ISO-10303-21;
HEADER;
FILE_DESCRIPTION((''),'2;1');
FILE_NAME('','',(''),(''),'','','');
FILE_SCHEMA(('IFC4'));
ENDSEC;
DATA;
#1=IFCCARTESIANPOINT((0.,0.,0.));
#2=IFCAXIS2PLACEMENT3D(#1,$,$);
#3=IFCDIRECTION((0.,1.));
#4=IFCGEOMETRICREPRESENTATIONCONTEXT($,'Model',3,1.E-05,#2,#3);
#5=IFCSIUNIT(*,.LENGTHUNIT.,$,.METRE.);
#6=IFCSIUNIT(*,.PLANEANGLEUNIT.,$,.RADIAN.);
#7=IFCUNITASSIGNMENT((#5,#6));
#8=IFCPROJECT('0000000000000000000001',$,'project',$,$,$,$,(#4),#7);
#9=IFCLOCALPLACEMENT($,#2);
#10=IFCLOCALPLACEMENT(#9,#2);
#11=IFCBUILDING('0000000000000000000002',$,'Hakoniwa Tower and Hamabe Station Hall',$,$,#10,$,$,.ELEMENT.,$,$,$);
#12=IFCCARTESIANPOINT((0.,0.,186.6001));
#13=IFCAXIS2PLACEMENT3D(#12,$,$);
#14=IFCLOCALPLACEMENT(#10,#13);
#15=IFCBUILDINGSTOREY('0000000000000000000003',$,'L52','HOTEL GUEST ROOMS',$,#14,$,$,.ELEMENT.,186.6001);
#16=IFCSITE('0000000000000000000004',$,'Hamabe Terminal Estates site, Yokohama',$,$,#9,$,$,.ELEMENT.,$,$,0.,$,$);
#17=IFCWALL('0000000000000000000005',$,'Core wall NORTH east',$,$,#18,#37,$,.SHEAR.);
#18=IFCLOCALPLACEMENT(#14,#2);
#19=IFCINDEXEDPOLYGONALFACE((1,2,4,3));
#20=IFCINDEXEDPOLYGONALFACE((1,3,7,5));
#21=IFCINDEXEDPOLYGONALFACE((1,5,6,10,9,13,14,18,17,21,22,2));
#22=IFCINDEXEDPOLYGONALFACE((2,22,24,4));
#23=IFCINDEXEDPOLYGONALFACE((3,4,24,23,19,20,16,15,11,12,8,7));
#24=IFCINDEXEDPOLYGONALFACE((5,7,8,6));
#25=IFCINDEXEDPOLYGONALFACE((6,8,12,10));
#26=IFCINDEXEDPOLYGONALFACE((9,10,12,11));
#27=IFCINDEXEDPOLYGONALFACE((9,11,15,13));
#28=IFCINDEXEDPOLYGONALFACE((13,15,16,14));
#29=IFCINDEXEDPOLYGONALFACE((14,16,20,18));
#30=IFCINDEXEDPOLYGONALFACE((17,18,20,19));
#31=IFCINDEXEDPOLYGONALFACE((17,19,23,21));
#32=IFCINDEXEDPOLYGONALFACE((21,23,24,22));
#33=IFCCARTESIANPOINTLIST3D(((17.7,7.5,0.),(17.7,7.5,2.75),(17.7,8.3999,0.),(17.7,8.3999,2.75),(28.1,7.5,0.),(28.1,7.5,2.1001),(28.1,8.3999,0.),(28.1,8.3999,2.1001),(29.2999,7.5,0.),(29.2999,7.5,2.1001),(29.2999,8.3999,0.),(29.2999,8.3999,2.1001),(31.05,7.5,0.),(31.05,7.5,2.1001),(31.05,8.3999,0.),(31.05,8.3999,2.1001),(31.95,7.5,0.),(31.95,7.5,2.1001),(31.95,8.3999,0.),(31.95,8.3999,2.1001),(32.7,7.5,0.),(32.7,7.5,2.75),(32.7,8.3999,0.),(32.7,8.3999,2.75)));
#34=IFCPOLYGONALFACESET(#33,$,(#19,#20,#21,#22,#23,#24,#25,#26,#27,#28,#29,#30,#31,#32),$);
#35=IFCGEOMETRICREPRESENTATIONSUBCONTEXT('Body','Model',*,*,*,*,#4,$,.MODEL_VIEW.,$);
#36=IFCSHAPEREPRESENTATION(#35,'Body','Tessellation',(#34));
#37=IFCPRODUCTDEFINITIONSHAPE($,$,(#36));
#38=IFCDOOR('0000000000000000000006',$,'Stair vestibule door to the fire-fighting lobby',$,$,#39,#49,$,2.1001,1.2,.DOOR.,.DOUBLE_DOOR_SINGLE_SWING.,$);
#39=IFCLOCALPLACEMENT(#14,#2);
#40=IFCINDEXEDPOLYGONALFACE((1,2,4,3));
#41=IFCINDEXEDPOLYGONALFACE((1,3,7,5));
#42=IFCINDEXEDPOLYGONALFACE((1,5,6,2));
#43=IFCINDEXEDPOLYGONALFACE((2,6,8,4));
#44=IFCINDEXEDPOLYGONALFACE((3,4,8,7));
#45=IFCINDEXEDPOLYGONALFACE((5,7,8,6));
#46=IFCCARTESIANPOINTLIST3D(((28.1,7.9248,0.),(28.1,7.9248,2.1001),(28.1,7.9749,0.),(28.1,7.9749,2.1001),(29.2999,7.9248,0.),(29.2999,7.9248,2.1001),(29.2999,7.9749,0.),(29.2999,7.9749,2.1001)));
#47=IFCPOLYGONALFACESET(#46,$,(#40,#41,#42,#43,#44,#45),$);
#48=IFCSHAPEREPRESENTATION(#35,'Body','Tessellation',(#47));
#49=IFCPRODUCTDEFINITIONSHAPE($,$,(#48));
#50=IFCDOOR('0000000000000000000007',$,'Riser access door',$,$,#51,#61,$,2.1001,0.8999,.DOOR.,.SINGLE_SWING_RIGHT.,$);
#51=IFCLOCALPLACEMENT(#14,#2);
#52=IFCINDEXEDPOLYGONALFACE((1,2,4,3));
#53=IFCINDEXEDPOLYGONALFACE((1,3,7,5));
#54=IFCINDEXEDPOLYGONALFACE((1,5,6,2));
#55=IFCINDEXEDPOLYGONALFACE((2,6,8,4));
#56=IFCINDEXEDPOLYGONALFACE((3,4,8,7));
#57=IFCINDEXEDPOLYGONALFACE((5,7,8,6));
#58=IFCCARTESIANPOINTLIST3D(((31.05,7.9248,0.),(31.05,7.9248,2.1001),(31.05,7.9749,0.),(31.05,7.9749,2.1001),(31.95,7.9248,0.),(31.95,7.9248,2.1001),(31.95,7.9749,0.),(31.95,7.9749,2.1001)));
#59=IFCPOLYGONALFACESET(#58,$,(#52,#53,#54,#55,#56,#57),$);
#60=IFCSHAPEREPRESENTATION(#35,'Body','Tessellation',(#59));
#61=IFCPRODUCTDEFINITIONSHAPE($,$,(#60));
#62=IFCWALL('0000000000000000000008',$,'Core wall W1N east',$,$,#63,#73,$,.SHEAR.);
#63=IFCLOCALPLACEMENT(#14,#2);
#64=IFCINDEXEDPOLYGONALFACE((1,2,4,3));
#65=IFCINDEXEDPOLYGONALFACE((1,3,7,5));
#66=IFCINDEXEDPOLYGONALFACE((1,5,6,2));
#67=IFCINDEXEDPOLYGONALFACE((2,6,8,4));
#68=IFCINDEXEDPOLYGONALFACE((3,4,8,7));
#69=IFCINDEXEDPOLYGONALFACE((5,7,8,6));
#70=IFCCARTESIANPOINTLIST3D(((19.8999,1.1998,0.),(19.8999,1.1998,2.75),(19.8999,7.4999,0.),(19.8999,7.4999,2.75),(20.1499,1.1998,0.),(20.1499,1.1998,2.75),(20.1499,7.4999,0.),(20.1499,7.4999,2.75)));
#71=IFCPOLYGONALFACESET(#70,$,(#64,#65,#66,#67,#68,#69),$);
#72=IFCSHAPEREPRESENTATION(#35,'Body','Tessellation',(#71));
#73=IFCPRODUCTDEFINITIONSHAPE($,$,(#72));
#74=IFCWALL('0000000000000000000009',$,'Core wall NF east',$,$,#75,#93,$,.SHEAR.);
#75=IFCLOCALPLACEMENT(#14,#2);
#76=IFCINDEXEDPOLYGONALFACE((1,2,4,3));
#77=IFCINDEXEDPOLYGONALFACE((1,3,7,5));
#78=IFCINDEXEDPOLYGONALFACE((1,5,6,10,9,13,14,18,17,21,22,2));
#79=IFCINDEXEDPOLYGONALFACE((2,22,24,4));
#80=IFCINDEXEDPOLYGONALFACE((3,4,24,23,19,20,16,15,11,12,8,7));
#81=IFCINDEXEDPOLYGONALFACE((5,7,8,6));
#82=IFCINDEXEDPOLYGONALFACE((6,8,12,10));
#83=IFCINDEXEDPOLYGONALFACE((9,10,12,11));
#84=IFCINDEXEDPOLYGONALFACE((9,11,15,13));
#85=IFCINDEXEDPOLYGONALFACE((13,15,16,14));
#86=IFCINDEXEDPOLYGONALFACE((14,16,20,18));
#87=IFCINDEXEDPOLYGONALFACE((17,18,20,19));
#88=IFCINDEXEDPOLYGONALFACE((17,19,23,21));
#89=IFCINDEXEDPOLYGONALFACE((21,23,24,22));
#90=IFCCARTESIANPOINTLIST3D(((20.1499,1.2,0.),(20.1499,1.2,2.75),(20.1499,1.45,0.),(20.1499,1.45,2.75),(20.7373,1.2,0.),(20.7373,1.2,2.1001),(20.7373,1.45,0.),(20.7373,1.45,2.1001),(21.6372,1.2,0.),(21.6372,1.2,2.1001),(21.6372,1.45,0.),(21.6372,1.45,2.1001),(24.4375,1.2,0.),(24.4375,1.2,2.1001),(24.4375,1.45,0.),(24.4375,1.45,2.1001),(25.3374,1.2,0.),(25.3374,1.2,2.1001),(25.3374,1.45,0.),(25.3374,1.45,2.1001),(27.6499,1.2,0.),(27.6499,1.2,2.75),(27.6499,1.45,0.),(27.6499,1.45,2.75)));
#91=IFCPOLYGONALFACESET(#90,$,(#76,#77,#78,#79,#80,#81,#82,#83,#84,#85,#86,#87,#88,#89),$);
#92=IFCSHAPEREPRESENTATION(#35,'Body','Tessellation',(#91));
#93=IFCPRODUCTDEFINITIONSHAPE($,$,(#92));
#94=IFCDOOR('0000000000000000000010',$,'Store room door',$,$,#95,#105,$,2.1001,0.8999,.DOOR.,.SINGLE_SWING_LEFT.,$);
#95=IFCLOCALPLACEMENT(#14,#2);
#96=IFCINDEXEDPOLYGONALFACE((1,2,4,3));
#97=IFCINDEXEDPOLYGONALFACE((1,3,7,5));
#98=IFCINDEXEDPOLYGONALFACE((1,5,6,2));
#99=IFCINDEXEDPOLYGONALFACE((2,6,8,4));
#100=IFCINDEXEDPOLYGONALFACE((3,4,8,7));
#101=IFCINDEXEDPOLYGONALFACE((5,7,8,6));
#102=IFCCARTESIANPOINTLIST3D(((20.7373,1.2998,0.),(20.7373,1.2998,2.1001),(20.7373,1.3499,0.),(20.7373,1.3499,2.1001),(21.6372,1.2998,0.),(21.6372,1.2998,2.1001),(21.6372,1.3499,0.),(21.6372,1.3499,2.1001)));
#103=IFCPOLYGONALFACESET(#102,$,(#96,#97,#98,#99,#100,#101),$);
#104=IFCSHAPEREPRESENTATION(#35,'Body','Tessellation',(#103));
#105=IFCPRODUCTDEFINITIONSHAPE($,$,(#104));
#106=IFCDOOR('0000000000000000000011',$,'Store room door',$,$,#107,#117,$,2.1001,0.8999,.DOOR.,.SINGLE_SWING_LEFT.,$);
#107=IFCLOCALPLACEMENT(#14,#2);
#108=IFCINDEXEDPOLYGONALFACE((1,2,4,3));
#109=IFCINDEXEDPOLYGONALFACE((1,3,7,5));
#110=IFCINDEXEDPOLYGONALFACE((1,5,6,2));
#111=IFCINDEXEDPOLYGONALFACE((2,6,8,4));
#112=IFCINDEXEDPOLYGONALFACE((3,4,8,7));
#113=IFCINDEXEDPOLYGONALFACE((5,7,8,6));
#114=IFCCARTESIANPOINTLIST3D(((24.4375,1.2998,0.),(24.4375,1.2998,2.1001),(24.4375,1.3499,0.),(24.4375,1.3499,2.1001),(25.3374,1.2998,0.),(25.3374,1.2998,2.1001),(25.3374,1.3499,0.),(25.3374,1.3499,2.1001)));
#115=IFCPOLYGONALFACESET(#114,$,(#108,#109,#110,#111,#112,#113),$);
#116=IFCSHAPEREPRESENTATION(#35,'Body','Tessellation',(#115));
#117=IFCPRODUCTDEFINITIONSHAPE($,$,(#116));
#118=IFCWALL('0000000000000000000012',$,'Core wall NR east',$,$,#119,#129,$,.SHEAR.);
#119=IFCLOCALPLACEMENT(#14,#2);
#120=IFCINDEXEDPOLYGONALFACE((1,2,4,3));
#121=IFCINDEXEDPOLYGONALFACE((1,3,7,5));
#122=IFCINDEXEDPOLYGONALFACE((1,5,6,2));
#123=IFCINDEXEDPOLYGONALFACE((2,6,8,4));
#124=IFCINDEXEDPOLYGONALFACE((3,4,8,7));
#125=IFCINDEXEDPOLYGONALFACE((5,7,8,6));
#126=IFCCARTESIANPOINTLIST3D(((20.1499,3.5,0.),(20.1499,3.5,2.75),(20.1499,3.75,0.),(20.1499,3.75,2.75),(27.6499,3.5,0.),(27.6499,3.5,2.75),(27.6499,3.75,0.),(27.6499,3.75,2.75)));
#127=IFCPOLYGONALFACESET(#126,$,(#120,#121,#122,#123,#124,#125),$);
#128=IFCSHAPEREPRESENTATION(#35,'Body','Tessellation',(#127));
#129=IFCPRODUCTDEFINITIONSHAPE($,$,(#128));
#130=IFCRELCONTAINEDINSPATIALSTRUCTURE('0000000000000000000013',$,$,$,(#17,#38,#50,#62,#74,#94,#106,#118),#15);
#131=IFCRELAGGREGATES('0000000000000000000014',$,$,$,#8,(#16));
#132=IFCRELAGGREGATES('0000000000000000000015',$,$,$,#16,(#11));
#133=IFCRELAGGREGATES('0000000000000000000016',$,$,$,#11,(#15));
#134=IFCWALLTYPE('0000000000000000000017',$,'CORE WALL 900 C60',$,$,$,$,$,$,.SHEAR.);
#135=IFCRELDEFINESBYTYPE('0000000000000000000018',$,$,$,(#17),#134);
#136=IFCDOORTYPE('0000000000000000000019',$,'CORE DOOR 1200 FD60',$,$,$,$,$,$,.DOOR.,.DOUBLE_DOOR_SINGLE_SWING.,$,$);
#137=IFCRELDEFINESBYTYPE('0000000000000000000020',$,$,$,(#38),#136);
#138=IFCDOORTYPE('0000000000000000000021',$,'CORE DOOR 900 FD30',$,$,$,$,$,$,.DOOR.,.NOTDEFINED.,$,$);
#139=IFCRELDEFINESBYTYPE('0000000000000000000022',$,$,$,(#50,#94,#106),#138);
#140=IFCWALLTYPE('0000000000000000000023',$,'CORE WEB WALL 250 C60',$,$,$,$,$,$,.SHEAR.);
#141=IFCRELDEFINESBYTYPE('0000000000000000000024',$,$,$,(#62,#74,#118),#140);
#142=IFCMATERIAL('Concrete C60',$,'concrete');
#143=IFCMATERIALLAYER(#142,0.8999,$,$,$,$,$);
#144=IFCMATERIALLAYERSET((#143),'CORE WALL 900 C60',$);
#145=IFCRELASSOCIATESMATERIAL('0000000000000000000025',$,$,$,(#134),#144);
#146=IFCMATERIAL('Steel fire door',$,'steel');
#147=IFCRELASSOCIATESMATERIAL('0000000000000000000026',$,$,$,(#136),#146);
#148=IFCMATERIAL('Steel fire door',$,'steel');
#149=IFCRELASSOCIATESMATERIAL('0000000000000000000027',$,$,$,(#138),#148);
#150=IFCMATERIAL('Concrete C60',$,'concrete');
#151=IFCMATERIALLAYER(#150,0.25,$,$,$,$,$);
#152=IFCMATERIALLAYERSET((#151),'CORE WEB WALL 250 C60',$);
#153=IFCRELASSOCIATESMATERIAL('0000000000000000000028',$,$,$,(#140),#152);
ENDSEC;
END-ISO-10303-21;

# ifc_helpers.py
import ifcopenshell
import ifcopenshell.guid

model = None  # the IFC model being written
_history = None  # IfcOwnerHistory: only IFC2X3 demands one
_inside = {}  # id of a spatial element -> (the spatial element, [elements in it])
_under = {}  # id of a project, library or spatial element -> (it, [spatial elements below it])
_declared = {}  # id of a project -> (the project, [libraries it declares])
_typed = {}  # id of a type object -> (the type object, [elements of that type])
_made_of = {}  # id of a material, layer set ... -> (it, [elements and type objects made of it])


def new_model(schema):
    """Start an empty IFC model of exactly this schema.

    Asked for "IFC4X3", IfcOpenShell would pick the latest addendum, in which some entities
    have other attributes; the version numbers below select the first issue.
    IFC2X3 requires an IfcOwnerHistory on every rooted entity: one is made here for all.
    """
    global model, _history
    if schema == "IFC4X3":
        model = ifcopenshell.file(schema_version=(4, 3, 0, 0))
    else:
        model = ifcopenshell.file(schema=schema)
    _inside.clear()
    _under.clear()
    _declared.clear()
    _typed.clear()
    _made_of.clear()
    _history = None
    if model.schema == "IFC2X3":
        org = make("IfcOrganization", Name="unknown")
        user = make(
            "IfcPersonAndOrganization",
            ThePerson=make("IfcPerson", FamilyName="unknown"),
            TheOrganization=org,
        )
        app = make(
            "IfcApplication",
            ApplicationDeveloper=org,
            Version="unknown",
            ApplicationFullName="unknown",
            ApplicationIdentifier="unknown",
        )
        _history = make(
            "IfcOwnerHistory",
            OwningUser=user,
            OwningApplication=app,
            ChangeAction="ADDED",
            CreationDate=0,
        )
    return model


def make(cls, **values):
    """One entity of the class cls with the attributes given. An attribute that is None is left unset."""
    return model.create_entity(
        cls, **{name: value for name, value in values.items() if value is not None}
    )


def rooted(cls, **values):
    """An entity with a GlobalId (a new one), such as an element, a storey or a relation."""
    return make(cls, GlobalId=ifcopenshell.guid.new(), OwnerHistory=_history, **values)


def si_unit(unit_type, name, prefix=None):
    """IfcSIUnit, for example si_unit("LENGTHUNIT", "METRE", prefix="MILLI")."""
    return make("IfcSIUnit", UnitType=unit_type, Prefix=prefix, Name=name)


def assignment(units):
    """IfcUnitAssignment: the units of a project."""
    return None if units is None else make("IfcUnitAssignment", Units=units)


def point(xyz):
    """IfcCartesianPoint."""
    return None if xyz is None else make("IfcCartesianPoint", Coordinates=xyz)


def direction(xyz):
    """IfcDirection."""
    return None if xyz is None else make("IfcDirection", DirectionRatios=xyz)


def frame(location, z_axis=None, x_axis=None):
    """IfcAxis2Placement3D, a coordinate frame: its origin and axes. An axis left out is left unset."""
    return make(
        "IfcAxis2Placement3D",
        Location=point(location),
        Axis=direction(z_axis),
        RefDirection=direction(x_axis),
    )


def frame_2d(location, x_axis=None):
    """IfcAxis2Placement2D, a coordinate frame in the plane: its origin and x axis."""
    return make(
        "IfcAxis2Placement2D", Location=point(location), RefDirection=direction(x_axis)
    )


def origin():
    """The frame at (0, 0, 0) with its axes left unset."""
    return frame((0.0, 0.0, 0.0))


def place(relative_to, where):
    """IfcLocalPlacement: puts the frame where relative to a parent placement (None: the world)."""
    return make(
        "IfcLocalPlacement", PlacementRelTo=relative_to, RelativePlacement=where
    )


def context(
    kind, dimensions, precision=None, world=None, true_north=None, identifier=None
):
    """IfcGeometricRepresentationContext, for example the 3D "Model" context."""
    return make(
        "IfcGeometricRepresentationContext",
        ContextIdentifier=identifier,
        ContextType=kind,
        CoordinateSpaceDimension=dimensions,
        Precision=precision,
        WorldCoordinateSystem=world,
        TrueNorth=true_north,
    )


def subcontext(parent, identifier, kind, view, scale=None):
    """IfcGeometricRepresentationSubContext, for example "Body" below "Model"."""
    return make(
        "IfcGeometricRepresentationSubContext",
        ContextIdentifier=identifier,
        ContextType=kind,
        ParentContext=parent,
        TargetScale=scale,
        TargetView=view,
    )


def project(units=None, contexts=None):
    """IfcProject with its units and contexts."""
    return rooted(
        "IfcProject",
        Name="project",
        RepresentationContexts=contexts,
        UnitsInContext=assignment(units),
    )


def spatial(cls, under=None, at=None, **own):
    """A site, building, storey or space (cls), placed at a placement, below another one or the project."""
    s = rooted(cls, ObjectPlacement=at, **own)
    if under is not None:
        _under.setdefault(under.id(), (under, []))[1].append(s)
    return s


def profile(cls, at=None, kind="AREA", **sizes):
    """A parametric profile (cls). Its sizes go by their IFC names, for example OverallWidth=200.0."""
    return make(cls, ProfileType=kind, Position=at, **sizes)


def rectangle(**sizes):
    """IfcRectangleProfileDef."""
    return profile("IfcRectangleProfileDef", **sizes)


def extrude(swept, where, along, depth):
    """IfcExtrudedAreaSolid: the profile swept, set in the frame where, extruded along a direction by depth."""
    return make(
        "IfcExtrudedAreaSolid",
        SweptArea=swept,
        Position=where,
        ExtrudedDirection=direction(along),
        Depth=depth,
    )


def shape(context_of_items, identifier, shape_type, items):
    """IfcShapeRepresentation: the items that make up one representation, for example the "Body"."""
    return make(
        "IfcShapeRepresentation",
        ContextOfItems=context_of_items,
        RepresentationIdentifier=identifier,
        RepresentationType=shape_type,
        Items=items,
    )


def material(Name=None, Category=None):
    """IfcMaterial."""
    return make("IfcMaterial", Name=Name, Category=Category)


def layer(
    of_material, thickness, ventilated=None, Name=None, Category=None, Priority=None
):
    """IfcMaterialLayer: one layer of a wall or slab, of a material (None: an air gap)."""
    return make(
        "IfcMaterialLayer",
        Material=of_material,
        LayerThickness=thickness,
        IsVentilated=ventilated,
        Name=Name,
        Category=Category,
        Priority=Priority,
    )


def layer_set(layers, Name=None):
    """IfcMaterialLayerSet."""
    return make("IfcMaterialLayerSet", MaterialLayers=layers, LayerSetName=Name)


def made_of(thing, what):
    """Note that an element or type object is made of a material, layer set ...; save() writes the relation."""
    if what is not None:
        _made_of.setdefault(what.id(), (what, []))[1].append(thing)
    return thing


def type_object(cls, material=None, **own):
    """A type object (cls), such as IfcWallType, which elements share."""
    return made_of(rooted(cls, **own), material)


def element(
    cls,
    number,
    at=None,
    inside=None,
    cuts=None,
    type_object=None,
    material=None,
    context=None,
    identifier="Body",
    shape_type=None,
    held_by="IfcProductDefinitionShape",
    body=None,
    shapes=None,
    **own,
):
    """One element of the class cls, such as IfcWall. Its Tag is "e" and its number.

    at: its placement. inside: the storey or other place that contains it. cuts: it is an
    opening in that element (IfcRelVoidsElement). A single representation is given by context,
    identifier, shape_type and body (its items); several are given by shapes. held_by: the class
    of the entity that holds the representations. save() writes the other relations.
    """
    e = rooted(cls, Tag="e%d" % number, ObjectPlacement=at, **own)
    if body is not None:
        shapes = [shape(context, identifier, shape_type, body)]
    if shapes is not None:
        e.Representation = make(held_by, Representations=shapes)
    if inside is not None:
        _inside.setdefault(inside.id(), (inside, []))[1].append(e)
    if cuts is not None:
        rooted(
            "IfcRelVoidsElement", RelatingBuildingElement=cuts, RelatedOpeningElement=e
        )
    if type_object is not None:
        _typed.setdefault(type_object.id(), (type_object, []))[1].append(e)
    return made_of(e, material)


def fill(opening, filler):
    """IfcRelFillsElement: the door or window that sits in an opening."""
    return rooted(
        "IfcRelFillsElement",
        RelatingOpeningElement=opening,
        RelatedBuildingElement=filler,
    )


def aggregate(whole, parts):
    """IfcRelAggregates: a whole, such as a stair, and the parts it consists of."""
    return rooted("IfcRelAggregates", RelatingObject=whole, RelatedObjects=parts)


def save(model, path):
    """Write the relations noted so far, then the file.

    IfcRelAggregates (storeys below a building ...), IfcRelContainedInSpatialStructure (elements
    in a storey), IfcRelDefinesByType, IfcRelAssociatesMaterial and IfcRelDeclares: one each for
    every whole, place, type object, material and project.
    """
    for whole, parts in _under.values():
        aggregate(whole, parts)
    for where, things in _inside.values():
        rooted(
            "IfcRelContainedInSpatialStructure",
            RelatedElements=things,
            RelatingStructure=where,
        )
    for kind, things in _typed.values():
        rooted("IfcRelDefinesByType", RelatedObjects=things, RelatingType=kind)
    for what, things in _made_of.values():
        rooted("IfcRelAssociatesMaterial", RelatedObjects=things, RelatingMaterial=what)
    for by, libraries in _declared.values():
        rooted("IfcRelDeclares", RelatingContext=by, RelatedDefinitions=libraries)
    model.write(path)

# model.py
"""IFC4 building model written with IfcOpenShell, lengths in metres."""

from ifc_helpers import new_model, si_unit, direction, frame, frame_2d, origin, place, context, subcontext, project, spatial, rectangle, extrude, material, layer, layer_set, type_object, element, fill, save


model = new_model("IFC4")

# Units and contexts
model_context = context("Model", 3, precision=1e-05, world=origin(), true_north=direction((0.0, 1.0)))
body_context = subcontext(model_context, "Body", "Model", "MODEL_VIEW")
ifc_project = project(units=[si_unit("LENGTHUNIT", "METRE"), si_unit("PLANEANGLEUNIT", "RADIAN")], contexts=[model_context])

# Site, building, storey
site_placement = place(None, origin())
site = spatial("IfcSite", under=ifc_project, at=site_placement, Name="Hamabe Terminal Estates site, Yokohama", CompositionType="ELEMENT", RefElevation=0.0)
building_placement = place(site_placement, origin())
building = spatial("IfcBuilding", under=site, at=building_placement, Name="Hakoniwa Tower and Hamabe Station Hall", CompositionType="ELEMENT")
storey_placement = place(building_placement, frame((0.0, 0.0, 186.6001)))
storey = spatial("IfcBuildingStorey", under=building, at=storey_placement, Name="L52", Description="HOTEL GUEST ROOMS", CompositionType="ELEMENT", Elevation=186.6001)

# Wall, openings, doors
ifc_material_1 = material(Name="Concrete C60", Category="concrete")
ifc_layer_1 = layer(ifc_material_1, 0.8999)
ifc_layer_set_1 = layer_set([ifc_layer_1], Name="CORE WALL 900 C60")
wall_type_1 = type_object("IfcWallType", Name="CORE WALL 900 C60", PredefinedType="SHEAR", material=ifc_layer_set_1)
wall_1_placement = place(storey_placement, frame((17.7, 7.95, 0.0), z_axis=(0.0, 0.0, 1.0), x_axis=(1.0, 0.0, 0.0)))
wall_1 = element("IfcWall", 1, at=wall_1_placement, inside=storey, type_object=wall_type_1, Name="Core wall NORTH east", PredefinedType="SHEAR", context=body_context, shape_type="SweptSolid", body=[
    extrude(rectangle(XDim=15.0, YDim=0.8999, at=frame_2d((7.5, 0.0))), origin(), (0.0, 0.0, 1.0), 2.75),
])
opening_1_placement = place(wall_1_placement, frame((10.3999, 0.0, 0.0)))
opening_1 = element("IfcOpeningElement", 2, at=opening_1_placement, cuts=wall_1, PredefinedType="OPENING", context=body_context, shape_type="SweptSolid", body=[
    extrude(rectangle(XDim=1.2, YDim=2.1001, at=frame_2d((0.6001, 1.05))), frame((0.0, 0.46, 0.0), z_axis=(0.0, -1.0, 0.0), x_axis=(1.0, 0.0, 0.0)), (0.0, 0.0, 1.0), 0.9199),
])
opening_2_placement = place(wall_1_placement, frame((13.3501, 0.0, 0.0)))
opening_2 = element("IfcOpeningElement", 3, at=opening_2_placement, cuts=wall_1, PredefinedType="OPENING", context=body_context, shape_type="SweptSolid", body=[
    extrude(rectangle(XDim=0.8999, YDim=2.1001, at=frame_2d((0.45, 1.05))), frame((0.0, 0.46, 0.0), z_axis=(0.0, -1.0, 0.0), x_axis=(1.0, 0.0, 0.0)), (0.0, 0.0, 1.0), 0.9199),
])
ifc_material_2 = material(Name="Steel fire door", Category="steel")
door_type_1 = type_object("IfcDoorType", Name="CORE DOOR 1200 FD60", OperationType="DOUBLE_DOOR_SINGLE_SWING", PredefinedType="DOOR", material=ifc_material_2)
door_1_placement = place(opening_1_placement, origin())
door_1 = element("IfcDoor", 4, at=door_1_placement, inside=storey, type_object=door_type_1, Name="Stair vestibule door to the fire-fighting lobby", OperationType="DOUBLE_DOOR_SINGLE_SWING", OverallHeight=2.1001, OverallWidth=1.2, PredefinedType="DOOR", context=body_context, shape_type="SweptSolid", body=[
    extrude(rectangle(XDim=1.2, YDim=2.1001, at=frame_2d((0.6001, 1.05))), frame((0.0, 0.0249, 0.0), z_axis=(0.0, -1.0, 0.0), x_axis=(1.0, 0.0, 0.0)), (0.0, 0.0, 1.0), 0.05),
])
fill(opening_1, door_1)
ifc_material_3 = material(Name="Steel fire door", Category="steel")
door_type_2 = type_object("IfcDoorType", Name="CORE DOOR 900 FD30", OperationType="NOTDEFINED", PredefinedType="DOOR", material=ifc_material_3)
door_2_placement = place(opening_2_placement, origin())
door_2 = element("IfcDoor", 5, at=door_2_placement, inside=storey, type_object=door_type_2, Name="Riser access door", OperationType="SINGLE_SWING_RIGHT", OverallHeight=2.1001, OverallWidth=0.8999, PredefinedType="DOOR", context=body_context, shape_type="SweptSolid", body=[
    extrude(rectangle(XDim=0.8999, YDim=2.1001, at=frame_2d((0.45, 1.05))), frame((0.0, 0.0249, 0.0), z_axis=(0.0, -1.0, 0.0), x_axis=(1.0, 0.0, 0.0)), (0.0, 0.0, 1.0), 0.05),
])
fill(opening_2, door_2)

# Wall
ifc_material_4 = material(Name="Concrete C60", Category="concrete")
ifc_layer_2 = layer(ifc_material_4, 0.25)
ifc_layer_set_2 = layer_set([ifc_layer_2], Name="CORE WEB WALL 250 C60")
wall_type_2 = type_object("IfcWallType", Name="CORE WEB WALL 250 C60", PredefinedType="SHEAR", material=ifc_layer_set_2)
wall_2_placement = place(storey_placement, frame((20.0249, 1.2, 0.0), z_axis=(0.0, 0.0, 1.0), x_axis=(0.0, 1.0, 0.0)))
element("IfcWall", 6, at=wall_2_placement, inside=storey, type_object=wall_type_2, Name="Core wall W1N east", PredefinedType="SHEAR", context=body_context, shape_type="SweptSolid", body=[
    extrude(rectangle(XDim=6.3, YDim=0.25, at=frame_2d((3.1499, 0.0))), origin(), (0.0, 0.0, 1.0), 2.75),
])

# Wall, openings, doors
wall_3_placement = place(storey_placement, frame((20.1499, 1.325, 0.0), z_axis=(0.0, 0.0, 1.0), x_axis=(1.0, 0.0, 0.0)))
wall_3 = element("IfcWall", 7, at=wall_3_placement, inside=storey, type_object=wall_type_2, Name="Core wall NF east", PredefinedType="SHEAR", context=body_context, shape_type="SweptSolid", body=[
    extrude(rectangle(XDim=7.5, YDim=0.25, at=frame_2d((3.75, 0.0))), origin(), (0.0, 0.0, 1.0), 2.75),
])
opening_3_placement = place(wall_3_placement, frame((0.5874, 0.0, 0.0)))
opening_3 = element("IfcOpeningElement", 8, at=opening_3_placement, cuts=wall_3, PredefinedType="OPENING", context=body_context, shape_type="SweptSolid", body=[
    extrude(rectangle(XDim=0.8999, YDim=2.1001, at=frame_2d((0.45, 1.05))), frame((0.0, 0.135, 0.0), z_axis=(0.0, -1.0, 0.0), x_axis=(1.0, 0.0, 0.0)), (0.0, 0.0, 1.0), 0.27),
])
opening_4_placement = place(wall_3_placement, frame((4.2876, 0.0, 0.0)))
opening_4 = element("IfcOpeningElement", 9, at=opening_4_placement, cuts=wall_3, PredefinedType="OPENING", context=body_context, shape_type="SweptSolid", body=[
    extrude(rectangle(XDim=0.8999, YDim=2.1001, at=frame_2d((0.45, 1.05))), frame((0.0, 0.135, 0.0), z_axis=(0.0, -1.0, 0.0), x_axis=(1.0, 0.0, 0.0)), (0.0, 0.0, 1.0), 0.27),
])
door_3_placement = place(opening_3_placement, origin())
door_3 = element("IfcDoor", 10, at=door_3_placement, inside=storey, type_object=door_type_2, Name="Store room door", OperationType="SINGLE_SWING_LEFT", OverallHeight=2.1001, OverallWidth=0.8999, PredefinedType="DOOR", context=body_context, shape_type="SweptSolid", body=[
    extrude(rectangle(XDim=0.8999, YDim=2.1001, at=frame_2d((0.45, 1.05))), frame((0.0, 0.0249, 0.0), z_axis=(0.0, -1.0, 0.0), x_axis=(1.0, 0.0, 0.0)), (0.0, 0.0, 1.0), 0.05),
])
fill(opening_3, door_3)
door_4_placement = place(opening_4_placement, origin())
door_4 = element("IfcDoor", 11, at=door_4_placement, inside=storey, type_object=door_type_2, Name="Store room door", OperationType="SINGLE_SWING_LEFT", OverallHeight=2.1001, OverallWidth=0.8999, PredefinedType="DOOR", context=body_context, shape_type="SweptSolid", body=[
    extrude(rectangle(XDim=0.8999, YDim=2.1001, at=frame_2d((0.45, 1.05))), frame((0.0, 0.0249, 0.0), z_axis=(0.0, -1.0, 0.0), x_axis=(1.0, 0.0, 0.0)), (0.0, 0.0, 1.0), 0.05),
])
fill(opening_4, door_4)

# Wall
wall_4_placement = place(storey_placement, frame((20.1499, 3.625, 0.0), z_axis=(0.0, 0.0, 1.0), x_axis=(1.0, 0.0, 0.0)))
element("IfcWall", 12, at=wall_4_placement, inside=storey, type_object=wall_type_2, Name="Core wall NR east", PredefinedType="SHEAR", context=body_context, shape_type="SweptSolid", body=[
    extrude(rectangle(XDim=7.5, YDim=0.25, at=frame_2d((3.75, 0.0))), origin(), (0.0, 0.0, 1.0), 2.75),
])

save(model, "model.ifc")
